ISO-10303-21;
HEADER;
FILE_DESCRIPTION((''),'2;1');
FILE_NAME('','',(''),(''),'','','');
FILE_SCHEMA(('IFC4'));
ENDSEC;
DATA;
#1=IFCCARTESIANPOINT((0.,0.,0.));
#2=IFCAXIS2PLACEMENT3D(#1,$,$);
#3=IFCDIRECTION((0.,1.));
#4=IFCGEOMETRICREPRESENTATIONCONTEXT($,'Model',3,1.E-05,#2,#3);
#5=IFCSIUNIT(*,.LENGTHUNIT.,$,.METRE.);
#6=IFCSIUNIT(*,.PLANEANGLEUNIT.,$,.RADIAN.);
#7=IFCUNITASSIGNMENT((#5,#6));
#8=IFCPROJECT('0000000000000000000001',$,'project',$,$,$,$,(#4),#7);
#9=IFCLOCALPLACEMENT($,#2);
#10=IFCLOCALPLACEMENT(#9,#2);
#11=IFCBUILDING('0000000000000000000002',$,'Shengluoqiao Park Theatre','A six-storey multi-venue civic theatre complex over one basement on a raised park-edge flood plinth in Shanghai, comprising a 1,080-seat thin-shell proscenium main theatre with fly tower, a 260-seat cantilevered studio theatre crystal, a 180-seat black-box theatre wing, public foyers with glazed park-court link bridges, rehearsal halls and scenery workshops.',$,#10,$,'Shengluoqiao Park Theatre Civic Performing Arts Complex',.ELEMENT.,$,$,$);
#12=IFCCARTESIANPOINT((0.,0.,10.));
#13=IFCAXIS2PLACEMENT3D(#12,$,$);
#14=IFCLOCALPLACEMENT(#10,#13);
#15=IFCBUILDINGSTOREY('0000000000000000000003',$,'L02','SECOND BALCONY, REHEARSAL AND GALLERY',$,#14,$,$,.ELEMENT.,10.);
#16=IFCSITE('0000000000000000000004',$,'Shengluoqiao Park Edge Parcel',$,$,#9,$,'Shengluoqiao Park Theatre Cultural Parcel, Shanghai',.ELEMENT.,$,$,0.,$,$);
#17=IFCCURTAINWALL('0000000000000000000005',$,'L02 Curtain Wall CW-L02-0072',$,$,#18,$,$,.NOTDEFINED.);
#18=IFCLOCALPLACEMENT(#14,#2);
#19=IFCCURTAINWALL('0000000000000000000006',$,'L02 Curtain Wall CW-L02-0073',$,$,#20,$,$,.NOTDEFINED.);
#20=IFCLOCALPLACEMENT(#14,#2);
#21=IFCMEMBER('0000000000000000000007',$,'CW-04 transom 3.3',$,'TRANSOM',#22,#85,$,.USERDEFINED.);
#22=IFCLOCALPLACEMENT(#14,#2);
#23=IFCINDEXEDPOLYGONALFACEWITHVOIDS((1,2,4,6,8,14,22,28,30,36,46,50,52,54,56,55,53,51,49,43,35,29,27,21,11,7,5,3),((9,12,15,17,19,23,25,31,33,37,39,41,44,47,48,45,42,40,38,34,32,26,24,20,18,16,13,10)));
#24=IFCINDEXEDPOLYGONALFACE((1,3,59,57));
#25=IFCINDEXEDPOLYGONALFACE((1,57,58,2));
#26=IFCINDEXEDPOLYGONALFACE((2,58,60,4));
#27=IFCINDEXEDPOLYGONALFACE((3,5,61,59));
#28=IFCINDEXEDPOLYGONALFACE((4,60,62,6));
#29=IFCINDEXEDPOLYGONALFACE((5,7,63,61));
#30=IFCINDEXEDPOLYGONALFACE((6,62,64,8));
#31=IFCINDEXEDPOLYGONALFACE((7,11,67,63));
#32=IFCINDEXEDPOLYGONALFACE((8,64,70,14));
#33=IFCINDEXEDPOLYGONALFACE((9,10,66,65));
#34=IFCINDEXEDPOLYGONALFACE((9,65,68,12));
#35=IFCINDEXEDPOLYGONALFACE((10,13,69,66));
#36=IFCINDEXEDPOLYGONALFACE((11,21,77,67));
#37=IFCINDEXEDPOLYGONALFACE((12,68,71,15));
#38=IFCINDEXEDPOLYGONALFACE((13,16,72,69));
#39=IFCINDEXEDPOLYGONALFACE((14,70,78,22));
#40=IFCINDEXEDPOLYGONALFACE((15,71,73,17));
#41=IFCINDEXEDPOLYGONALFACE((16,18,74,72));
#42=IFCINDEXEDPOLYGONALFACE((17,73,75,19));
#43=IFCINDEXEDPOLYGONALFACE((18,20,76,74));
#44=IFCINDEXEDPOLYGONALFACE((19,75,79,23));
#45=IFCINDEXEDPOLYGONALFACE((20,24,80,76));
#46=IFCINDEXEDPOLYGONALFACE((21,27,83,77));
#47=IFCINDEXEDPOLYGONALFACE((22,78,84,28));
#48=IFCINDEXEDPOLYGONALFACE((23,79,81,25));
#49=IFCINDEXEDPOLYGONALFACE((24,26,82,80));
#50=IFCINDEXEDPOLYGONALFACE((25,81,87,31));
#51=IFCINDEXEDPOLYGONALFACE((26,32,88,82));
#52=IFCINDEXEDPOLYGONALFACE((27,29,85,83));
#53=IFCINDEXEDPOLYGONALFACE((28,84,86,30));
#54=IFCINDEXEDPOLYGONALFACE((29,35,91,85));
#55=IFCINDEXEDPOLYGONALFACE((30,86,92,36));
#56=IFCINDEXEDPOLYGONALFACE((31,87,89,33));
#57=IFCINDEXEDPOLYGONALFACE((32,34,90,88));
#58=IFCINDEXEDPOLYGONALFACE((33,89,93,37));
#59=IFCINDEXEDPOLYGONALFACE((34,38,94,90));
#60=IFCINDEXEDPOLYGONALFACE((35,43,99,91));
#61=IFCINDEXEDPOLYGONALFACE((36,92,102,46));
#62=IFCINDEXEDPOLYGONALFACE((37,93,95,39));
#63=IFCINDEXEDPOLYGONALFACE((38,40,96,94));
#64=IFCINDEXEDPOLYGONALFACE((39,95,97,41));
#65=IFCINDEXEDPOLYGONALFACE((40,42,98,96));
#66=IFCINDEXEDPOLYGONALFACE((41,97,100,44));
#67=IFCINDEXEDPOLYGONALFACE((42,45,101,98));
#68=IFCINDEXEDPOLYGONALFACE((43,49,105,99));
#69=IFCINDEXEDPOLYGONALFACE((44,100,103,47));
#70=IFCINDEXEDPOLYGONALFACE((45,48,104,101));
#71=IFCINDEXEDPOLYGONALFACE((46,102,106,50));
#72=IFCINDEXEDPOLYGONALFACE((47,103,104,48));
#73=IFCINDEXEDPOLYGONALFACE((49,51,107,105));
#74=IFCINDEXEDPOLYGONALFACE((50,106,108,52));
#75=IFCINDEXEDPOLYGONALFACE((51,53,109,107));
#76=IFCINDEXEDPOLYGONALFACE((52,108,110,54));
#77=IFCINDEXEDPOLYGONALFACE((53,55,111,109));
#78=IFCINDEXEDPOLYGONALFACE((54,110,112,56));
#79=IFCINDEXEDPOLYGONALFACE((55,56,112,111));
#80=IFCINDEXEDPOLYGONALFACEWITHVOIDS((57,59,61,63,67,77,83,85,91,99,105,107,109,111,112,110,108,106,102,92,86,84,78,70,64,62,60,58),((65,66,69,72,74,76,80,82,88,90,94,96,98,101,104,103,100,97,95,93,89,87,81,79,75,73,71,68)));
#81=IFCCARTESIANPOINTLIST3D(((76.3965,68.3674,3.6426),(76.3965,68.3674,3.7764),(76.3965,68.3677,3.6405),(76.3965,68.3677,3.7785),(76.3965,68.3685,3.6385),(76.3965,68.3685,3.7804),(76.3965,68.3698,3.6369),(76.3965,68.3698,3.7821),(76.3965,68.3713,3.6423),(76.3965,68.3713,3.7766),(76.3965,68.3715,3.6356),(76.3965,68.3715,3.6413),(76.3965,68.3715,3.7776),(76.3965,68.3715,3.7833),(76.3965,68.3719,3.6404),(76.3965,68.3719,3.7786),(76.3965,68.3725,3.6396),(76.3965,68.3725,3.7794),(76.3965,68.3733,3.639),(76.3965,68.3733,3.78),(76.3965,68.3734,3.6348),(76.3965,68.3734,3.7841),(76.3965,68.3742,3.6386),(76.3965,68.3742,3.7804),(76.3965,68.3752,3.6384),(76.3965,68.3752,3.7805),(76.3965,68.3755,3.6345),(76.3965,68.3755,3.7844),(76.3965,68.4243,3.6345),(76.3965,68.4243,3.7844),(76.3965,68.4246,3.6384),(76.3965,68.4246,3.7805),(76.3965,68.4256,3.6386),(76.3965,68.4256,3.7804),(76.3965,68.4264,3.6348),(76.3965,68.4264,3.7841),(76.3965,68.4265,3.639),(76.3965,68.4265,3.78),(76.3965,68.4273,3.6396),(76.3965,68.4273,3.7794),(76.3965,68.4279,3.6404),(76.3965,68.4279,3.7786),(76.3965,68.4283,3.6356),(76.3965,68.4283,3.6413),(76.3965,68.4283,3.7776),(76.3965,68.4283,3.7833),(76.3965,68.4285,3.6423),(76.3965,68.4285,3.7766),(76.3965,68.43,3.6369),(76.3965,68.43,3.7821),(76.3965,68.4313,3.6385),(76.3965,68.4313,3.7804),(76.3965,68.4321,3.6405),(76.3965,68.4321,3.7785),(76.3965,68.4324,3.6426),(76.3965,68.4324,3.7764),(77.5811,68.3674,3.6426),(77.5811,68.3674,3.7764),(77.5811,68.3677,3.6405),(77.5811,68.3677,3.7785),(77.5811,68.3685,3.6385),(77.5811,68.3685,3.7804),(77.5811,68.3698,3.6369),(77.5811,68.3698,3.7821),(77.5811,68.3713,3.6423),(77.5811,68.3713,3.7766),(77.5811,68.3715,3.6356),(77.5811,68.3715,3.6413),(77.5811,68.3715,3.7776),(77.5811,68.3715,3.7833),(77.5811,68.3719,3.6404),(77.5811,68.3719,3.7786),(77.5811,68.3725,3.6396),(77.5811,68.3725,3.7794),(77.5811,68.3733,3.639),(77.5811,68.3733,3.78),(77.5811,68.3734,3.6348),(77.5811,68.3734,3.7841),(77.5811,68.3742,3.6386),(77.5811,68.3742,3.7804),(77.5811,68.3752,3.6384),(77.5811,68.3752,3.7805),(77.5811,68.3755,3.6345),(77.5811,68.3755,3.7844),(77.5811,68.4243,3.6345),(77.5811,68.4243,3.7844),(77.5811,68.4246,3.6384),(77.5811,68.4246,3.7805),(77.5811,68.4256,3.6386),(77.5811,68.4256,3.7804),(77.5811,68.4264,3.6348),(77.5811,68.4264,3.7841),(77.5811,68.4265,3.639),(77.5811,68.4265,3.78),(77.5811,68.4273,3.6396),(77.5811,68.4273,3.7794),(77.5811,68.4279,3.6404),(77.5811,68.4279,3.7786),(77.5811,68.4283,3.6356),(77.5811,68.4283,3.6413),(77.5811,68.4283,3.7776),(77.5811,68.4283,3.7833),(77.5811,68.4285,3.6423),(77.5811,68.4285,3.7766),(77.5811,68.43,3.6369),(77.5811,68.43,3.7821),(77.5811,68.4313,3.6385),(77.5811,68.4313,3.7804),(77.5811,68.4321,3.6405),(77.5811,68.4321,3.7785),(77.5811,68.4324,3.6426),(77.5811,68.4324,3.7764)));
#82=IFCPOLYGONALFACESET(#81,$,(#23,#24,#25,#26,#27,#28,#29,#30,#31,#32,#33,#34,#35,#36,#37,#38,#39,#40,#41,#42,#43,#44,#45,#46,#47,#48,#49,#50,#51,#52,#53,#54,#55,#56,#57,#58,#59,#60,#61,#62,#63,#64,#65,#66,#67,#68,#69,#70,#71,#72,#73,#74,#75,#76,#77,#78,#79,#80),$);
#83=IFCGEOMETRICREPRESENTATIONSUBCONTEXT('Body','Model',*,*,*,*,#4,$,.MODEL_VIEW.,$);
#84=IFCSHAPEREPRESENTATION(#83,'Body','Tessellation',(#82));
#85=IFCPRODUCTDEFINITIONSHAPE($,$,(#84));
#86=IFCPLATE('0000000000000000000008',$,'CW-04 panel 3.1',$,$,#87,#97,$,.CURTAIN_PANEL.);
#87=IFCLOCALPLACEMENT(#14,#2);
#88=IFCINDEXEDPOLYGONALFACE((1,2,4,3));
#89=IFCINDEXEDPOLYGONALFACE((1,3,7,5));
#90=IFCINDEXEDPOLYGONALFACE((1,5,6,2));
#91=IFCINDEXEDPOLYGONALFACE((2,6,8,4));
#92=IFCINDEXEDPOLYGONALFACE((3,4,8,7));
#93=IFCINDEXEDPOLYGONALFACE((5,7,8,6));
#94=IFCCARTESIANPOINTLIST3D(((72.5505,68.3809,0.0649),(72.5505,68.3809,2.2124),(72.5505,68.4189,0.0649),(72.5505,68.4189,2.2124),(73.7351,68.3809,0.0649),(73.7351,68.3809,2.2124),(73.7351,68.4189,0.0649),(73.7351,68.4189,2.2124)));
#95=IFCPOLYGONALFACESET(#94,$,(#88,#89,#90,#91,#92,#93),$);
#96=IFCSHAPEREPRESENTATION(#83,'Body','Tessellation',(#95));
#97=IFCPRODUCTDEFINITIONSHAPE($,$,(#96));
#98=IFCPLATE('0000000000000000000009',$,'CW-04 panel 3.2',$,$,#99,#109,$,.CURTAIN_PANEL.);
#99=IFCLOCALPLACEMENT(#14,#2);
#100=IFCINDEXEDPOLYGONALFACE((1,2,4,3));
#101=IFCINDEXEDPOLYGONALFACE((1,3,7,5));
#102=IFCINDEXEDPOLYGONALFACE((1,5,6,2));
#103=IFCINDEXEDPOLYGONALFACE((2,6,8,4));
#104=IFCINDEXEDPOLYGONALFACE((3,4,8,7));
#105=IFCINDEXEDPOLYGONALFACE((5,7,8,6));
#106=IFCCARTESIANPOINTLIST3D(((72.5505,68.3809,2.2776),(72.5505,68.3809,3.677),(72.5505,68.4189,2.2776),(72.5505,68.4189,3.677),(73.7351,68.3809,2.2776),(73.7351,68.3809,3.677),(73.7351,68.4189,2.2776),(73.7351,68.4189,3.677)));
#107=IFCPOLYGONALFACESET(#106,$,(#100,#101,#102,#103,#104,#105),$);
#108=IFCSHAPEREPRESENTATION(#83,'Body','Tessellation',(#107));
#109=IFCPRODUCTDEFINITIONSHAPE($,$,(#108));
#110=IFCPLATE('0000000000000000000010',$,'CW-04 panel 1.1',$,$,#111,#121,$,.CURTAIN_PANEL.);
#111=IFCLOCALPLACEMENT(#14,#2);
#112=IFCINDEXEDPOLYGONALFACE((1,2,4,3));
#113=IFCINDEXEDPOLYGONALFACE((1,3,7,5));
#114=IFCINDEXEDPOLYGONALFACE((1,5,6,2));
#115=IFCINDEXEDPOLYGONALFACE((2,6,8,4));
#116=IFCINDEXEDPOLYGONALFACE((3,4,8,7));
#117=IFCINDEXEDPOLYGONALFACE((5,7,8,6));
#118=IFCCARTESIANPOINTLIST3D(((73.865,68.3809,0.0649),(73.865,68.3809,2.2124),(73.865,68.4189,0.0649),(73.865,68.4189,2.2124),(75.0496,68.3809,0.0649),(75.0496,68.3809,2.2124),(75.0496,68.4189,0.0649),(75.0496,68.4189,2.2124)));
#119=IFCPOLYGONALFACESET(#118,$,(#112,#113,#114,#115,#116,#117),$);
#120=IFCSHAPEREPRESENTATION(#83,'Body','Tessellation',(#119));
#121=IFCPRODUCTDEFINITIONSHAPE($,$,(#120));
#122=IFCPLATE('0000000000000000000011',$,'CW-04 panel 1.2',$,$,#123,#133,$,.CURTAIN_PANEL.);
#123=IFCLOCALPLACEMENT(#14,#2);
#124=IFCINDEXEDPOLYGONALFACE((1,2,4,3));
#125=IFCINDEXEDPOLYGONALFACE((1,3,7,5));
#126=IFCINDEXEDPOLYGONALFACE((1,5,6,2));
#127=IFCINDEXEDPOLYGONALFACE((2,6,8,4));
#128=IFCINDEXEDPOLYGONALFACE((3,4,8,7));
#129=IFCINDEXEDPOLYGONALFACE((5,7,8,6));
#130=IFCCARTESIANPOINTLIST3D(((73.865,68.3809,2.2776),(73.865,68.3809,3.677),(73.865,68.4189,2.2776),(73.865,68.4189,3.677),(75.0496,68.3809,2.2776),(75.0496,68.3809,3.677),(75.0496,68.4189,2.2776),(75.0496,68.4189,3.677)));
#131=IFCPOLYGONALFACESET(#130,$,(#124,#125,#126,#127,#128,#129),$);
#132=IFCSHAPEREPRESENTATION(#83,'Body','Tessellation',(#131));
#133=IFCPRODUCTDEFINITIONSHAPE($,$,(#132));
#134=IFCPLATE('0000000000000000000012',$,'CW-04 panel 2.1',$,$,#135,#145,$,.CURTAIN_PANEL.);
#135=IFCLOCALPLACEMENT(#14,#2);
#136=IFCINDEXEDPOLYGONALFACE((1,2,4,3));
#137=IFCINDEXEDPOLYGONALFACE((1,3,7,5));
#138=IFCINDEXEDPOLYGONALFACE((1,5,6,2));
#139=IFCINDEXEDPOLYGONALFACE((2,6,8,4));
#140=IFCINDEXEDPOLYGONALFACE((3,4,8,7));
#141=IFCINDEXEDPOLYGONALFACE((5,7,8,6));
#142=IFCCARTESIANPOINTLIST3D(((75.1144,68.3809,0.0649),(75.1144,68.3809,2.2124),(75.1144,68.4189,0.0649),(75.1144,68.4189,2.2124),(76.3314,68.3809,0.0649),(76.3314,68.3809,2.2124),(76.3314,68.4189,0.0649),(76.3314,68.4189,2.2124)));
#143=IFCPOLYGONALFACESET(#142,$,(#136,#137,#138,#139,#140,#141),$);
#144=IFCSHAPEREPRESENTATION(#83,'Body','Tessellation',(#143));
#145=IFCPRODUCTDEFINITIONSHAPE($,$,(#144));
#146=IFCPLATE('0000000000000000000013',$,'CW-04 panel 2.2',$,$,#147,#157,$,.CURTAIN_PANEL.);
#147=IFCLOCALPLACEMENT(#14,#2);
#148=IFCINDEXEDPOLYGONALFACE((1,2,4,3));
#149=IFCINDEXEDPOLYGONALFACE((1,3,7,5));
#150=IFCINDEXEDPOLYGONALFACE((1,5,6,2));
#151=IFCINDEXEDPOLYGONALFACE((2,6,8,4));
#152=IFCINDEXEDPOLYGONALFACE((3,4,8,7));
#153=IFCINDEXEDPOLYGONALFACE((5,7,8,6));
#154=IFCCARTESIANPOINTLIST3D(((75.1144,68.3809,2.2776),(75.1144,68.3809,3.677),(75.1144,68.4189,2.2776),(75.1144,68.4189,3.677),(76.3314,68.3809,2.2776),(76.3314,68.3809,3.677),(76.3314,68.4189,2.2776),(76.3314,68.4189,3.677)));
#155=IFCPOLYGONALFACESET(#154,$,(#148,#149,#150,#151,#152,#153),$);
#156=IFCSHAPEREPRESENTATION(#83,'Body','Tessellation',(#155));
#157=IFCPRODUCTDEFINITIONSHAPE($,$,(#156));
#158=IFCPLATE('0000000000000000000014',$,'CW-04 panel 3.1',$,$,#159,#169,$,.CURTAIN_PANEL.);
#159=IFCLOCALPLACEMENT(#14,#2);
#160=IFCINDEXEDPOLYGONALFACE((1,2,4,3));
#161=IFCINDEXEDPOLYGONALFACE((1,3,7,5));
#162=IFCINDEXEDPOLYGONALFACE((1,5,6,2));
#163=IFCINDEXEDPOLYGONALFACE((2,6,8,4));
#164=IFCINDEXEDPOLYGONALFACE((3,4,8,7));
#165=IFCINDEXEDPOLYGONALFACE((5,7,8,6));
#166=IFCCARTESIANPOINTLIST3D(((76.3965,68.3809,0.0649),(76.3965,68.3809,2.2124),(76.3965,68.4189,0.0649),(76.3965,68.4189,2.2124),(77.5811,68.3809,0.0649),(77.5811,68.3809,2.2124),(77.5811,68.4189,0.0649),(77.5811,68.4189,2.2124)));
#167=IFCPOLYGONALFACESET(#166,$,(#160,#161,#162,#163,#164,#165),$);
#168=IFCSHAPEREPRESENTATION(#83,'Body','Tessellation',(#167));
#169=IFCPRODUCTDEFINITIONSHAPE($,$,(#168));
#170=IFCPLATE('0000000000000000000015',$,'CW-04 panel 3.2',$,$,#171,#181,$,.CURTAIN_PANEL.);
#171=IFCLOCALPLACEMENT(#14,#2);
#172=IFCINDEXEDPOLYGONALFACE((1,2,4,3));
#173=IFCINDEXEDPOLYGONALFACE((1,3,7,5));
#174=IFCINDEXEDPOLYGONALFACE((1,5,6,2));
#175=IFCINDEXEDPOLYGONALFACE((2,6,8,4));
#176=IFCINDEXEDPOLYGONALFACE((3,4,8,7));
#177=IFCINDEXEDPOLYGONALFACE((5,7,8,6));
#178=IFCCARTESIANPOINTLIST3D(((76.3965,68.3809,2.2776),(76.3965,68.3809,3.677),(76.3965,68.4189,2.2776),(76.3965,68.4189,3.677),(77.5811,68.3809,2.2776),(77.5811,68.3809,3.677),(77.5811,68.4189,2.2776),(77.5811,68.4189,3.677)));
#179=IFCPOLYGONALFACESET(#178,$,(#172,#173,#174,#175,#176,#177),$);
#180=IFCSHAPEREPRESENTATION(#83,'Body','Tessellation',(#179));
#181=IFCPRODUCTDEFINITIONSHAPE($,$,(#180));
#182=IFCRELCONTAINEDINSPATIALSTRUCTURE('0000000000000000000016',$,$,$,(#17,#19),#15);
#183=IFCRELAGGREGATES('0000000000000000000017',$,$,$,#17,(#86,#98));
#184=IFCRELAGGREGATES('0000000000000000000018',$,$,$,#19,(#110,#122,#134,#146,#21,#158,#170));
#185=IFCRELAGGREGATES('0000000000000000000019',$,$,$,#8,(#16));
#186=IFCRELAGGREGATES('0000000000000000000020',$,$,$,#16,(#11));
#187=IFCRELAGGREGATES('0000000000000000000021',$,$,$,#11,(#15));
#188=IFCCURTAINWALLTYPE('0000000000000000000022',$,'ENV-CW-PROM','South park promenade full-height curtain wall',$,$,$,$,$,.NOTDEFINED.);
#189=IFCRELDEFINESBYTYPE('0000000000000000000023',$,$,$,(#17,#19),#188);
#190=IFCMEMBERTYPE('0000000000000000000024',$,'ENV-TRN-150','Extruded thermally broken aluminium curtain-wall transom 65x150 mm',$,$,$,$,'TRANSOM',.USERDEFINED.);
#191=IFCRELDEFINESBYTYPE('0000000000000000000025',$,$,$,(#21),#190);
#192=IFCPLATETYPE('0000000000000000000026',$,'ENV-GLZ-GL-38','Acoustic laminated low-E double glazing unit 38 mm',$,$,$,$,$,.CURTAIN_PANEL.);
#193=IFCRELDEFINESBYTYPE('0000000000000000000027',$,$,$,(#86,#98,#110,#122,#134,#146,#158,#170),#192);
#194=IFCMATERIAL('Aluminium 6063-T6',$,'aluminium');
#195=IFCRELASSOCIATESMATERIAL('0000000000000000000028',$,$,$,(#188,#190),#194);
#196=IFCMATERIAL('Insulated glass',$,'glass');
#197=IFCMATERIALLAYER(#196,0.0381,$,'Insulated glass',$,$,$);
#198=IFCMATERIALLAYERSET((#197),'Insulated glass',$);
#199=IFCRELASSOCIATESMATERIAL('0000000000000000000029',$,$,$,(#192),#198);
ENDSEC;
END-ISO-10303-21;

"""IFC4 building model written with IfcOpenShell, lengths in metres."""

from ifc_helpers import new_model, si_unit, direction, frame, origin, origin_2d, place, context, subcontext, project, spatial, rectangle, hollow_rectangle, extrude, material, layer, layer_set, material_profile, profile_set, type_object, element, aggregate, save


model = new_model("IFC4")

# Units and contexts
model_context = context("Model", 3, precision=1e-05, world=origin(), true_north=direction((0.0, 1.0)))
body_context = subcontext(model_context, "Body", "Model", "MODEL_VIEW")
ifc_project = project(units=[si_unit("LENGTHUNIT", "METRE"), si_unit("PLANEANGLEUNIT", "RADIAN")], contexts=[model_context])

# Site, building, storey
site_placement = place(None, origin())
site = spatial("IfcSite", under=ifc_project, at=site_placement, Name="Shengluoqiao Park Edge Parcel", LongName="Shengluoqiao Park Theatre Cultural Parcel, Shanghai", CompositionType="ELEMENT", RefElevation=0.0)
building_placement = place(site_placement, origin())
building = spatial("IfcBuilding", under=site, at=building_placement, Name="Shengluoqiao Park Theatre", Description="A six-storey multi-venue civic theatre complex over one basement on a raised park-edge flood plinth in Shanghai, comprising a 1,080-seat thin-shell proscenium main theatre with fly tower, a 260-seat cantilevered studio theatre crystal, a 180-seat black-box theatre wing, public foyers with glazed park-court link bridges, rehearsal halls and scenery workshops.", LongName="Shengluoqiao Park Theatre Civic Performing Arts Complex", CompositionType="ELEMENT")
storey_placement = place(building_placement, frame((0.0, 0.0, 10.0)))
storey = spatial("IfcBuildingStorey", under=building, at=storey_placement, Name="L02", Description="SECOND BALCONY, REHEARSAL AND GALLERY", CompositionType="ELEMENT", Elevation=10.0)

# Curtain wall
ifc_material_1 = material(Name="Aluminium 6063-T6", Category="aluminium")
curtain_wall_type = type_object("IfcCurtainWallType", Name="ENV-CW-PROM", Description="South park promenade full-height curtain wall", PredefinedType="NOTDEFINED", material=ifc_material_1)
curtain_wall_1_placement = place(storey_placement, origin())
curtain_wall_1 = element("IfcCurtainWall", 1, at=curtain_wall_1_placement, inside=storey, type_object=curtain_wall_type, Name="L02 Curtain Wall CW-L02-0072", PredefinedType="NOTDEFINED")

# Curtain wall
curtain_wall_2_placement = place(storey_placement, origin())
curtain_wall_2 = element("IfcCurtainWall", 2, at=curtain_wall_2_placement, inside=storey, type_object=curtain_wall_type, Name="L02 Curtain Wall CW-L02-0073", PredefinedType="NOTDEFINED")

# Member
ifc_material_profile_1 = material_profile(ifc_material_1, hollow_rectangle(XDim=0.0649, YDim=0.1499, WallThickness=0.0039, InnerFilletRadius=0.0039, OuterFilletRadius=0.0081, at=origin_2d()), Name="ALU TRANSOM 150x65x4")
ifc_profile_set_1 = profile_set([ifc_material_profile_1], Name="Aluminium 6063-T6")
member_type_1 = type_object("IfcMemberType", Name="ENV-TRN-150", Description="Extruded thermally broken aluminium curtain-wall transom 65x150 mm", ElementType="TRANSOM", PredefinedType="USERDEFINED", material=ifc_profile_set_1)
member_1_placement = place(storey_placement, frame((76.3965, 68.3999, 3.7095), z_axis=(1.0, 0.0, 0.0), x_axis=(0.0, 1.0, 0.0)))
member_1 = element("IfcMember", 3, at=member_1_placement, type_object=member_type_1, Name="CW-04 transom 3.3", ObjectType="TRANSOM", PredefinedType="USERDEFINED", context=body_context, shape_type="SweptSolid", body=[
    extrude(hollow_rectangle(XDim=0.0649, YDim=0.1499, WallThickness=0.0039, InnerFilletRadius=0.0039, OuterFilletRadius=0.0081, at=origin_2d()), origin(), (0.0, 0.0, 1.0), 1.1846),
])

# Plates
ifc_material_2 = material(Name="Insulated glass", Category="glass")
ifc_layer = layer(ifc_material_2, 0.0381, Name="Insulated glass")
ifc_layer_set = layer_set([ifc_layer], Name="Insulated glass")
plate_type = type_object("IfcPlateType", Name="ENV-GLZ-GL-38", Description="Acoustic laminated low-E double glazing unit 38 mm", PredefinedType="CURTAIN_PANEL", material=ifc_layer_set)
plate_1_placement = place(storey_placement, frame((73.1428, 68.3999, 0.0649), z_axis=(0.0, 0.0, 1.0), x_axis=(1.0, 0.0, 0.0)))
plate_1 = element("IfcPlate", 4, at=plate_1_placement, type_object=plate_type, Name="CW-04 panel 3.1", PredefinedType="CURTAIN_PANEL", context=body_context, shape_type="SweptSolid", body=[
    extrude(rectangle(XDim=1.1846, YDim=0.0381, at=origin_2d()), origin(), (0.0, 0.0, 1.0), 2.1475),
])
plate_2_placement = place(storey_placement, frame((73.1428, 68.3999, 2.2776), z_axis=(0.0, 0.0, 1.0), x_axis=(1.0, 0.0, 0.0)))
plate_2 = element("IfcPlate", 5, at=plate_2_placement, type_object=plate_type, Name="CW-04 panel 3.2", PredefinedType="CURTAIN_PANEL", context=body_context, shape_type="SweptSolid", body=[
    extrude(rectangle(XDim=1.1846, YDim=0.0381, at=origin_2d()), origin(), (0.0, 0.0, 1.0), 1.3994),
])
aggregate(curtain_wall_1, [plate_1, plate_2])
plate_3_placement = place(storey_placement, frame((74.4573, 68.3999, 0.0649), z_axis=(0.0, 0.0, 1.0), x_axis=(1.0, 0.0, 0.0)))
plate_3 = element("IfcPlate", 6, at=plate_3_placement, type_object=plate_type, Name="CW-04 panel 1.1", PredefinedType="CURTAIN_PANEL", context=body_context, shape_type="SweptSolid", body=[
    extrude(rectangle(XDim=1.1846, YDim=0.0381, at=origin_2d()), origin(), (0.0, 0.0, 1.0), 2.1475),
])
plate_4_placement = place(storey_placement, frame((74.4573, 68.3999, 2.2776), z_axis=(0.0, 0.0, 1.0), x_axis=(1.0, 0.0, 0.0)))
plate_4 = element("IfcPlate", 7, at=plate_4_placement, type_object=plate_type, Name="CW-04 panel 1.2", PredefinedType="CURTAIN_PANEL", context=body_context, shape_type="SweptSolid", body=[
    extrude(rectangle(XDim=1.1846, YDim=0.0381, at=origin_2d()), origin(), (0.0, 0.0, 1.0), 1.3994),
])
plate_5_placement = place(storey_placement, frame((75.7229, 68.3999, 0.0649), z_axis=(0.0, 0.0, 1.0), x_axis=(1.0, 0.0, 0.0)))
plate_5 = element("IfcPlate", 8, at=plate_5_placement, type_object=plate_type, Name="CW-04 panel 2.1", PredefinedType="CURTAIN_PANEL", context=body_context, shape_type="SweptSolid", body=[
    extrude(rectangle(XDim=1.217, YDim=0.0381, at=origin_2d()), origin(), (0.0, 0.0, 1.0), 2.1475),
])
plate_6_placement = place(storey_placement, frame((75.7229, 68.3999, 2.2776), z_axis=(0.0, 0.0, 1.0), x_axis=(1.0, 0.0, 0.0)))
plate_6 = element("IfcPlate", 9, at=plate_6_placement, type_object=plate_type, Name="CW-04 panel 2.2", PredefinedType="CURTAIN_PANEL", context=body_context, shape_type="SweptSolid", body=[
    extrude(rectangle(XDim=1.217, YDim=0.0381, at=origin_2d()), origin(), (0.0, 0.0, 1.0), 1.3994),
])
plate_7_placement = place(storey_placement, frame((76.9888, 68.3999, 0.0649), z_axis=(0.0, 0.0, 1.0), x_axis=(1.0, 0.0, 0.0)))
plate_7 = element("IfcPlate", 10, at=plate_7_placement, type_object=plate_type, Name="CW-04 panel 3.1", PredefinedType="CURTAIN_PANEL", context=body_context, shape_type="SweptSolid", body=[
    extrude(rectangle(XDim=1.1846, YDim=0.0381, at=origin_2d()), origin(), (0.0, 0.0, 1.0), 2.1475),
])
plate_8_placement = place(storey_placement, frame((76.9888, 68.3999, 2.2776), z_axis=(0.0, 0.0, 1.0), x_axis=(1.0, 0.0, 0.0)))
plate_8 = element("IfcPlate", 11, at=plate_8_placement, type_object=plate_type, Name="CW-04 panel 3.2", PredefinedType="CURTAIN_PANEL", context=body_context, shape_type="SweptSolid", body=[
    extrude(rectangle(XDim=1.1846, YDim=0.0381, at=origin_2d()), origin(), (0.0, 0.0, 1.0), 1.3994),
])
aggregate(curtain_wall_2, [plate_3, plate_4, plate_5, plate_6, member_1, plate_7, plate_8])

save(model, "model.ifc")
